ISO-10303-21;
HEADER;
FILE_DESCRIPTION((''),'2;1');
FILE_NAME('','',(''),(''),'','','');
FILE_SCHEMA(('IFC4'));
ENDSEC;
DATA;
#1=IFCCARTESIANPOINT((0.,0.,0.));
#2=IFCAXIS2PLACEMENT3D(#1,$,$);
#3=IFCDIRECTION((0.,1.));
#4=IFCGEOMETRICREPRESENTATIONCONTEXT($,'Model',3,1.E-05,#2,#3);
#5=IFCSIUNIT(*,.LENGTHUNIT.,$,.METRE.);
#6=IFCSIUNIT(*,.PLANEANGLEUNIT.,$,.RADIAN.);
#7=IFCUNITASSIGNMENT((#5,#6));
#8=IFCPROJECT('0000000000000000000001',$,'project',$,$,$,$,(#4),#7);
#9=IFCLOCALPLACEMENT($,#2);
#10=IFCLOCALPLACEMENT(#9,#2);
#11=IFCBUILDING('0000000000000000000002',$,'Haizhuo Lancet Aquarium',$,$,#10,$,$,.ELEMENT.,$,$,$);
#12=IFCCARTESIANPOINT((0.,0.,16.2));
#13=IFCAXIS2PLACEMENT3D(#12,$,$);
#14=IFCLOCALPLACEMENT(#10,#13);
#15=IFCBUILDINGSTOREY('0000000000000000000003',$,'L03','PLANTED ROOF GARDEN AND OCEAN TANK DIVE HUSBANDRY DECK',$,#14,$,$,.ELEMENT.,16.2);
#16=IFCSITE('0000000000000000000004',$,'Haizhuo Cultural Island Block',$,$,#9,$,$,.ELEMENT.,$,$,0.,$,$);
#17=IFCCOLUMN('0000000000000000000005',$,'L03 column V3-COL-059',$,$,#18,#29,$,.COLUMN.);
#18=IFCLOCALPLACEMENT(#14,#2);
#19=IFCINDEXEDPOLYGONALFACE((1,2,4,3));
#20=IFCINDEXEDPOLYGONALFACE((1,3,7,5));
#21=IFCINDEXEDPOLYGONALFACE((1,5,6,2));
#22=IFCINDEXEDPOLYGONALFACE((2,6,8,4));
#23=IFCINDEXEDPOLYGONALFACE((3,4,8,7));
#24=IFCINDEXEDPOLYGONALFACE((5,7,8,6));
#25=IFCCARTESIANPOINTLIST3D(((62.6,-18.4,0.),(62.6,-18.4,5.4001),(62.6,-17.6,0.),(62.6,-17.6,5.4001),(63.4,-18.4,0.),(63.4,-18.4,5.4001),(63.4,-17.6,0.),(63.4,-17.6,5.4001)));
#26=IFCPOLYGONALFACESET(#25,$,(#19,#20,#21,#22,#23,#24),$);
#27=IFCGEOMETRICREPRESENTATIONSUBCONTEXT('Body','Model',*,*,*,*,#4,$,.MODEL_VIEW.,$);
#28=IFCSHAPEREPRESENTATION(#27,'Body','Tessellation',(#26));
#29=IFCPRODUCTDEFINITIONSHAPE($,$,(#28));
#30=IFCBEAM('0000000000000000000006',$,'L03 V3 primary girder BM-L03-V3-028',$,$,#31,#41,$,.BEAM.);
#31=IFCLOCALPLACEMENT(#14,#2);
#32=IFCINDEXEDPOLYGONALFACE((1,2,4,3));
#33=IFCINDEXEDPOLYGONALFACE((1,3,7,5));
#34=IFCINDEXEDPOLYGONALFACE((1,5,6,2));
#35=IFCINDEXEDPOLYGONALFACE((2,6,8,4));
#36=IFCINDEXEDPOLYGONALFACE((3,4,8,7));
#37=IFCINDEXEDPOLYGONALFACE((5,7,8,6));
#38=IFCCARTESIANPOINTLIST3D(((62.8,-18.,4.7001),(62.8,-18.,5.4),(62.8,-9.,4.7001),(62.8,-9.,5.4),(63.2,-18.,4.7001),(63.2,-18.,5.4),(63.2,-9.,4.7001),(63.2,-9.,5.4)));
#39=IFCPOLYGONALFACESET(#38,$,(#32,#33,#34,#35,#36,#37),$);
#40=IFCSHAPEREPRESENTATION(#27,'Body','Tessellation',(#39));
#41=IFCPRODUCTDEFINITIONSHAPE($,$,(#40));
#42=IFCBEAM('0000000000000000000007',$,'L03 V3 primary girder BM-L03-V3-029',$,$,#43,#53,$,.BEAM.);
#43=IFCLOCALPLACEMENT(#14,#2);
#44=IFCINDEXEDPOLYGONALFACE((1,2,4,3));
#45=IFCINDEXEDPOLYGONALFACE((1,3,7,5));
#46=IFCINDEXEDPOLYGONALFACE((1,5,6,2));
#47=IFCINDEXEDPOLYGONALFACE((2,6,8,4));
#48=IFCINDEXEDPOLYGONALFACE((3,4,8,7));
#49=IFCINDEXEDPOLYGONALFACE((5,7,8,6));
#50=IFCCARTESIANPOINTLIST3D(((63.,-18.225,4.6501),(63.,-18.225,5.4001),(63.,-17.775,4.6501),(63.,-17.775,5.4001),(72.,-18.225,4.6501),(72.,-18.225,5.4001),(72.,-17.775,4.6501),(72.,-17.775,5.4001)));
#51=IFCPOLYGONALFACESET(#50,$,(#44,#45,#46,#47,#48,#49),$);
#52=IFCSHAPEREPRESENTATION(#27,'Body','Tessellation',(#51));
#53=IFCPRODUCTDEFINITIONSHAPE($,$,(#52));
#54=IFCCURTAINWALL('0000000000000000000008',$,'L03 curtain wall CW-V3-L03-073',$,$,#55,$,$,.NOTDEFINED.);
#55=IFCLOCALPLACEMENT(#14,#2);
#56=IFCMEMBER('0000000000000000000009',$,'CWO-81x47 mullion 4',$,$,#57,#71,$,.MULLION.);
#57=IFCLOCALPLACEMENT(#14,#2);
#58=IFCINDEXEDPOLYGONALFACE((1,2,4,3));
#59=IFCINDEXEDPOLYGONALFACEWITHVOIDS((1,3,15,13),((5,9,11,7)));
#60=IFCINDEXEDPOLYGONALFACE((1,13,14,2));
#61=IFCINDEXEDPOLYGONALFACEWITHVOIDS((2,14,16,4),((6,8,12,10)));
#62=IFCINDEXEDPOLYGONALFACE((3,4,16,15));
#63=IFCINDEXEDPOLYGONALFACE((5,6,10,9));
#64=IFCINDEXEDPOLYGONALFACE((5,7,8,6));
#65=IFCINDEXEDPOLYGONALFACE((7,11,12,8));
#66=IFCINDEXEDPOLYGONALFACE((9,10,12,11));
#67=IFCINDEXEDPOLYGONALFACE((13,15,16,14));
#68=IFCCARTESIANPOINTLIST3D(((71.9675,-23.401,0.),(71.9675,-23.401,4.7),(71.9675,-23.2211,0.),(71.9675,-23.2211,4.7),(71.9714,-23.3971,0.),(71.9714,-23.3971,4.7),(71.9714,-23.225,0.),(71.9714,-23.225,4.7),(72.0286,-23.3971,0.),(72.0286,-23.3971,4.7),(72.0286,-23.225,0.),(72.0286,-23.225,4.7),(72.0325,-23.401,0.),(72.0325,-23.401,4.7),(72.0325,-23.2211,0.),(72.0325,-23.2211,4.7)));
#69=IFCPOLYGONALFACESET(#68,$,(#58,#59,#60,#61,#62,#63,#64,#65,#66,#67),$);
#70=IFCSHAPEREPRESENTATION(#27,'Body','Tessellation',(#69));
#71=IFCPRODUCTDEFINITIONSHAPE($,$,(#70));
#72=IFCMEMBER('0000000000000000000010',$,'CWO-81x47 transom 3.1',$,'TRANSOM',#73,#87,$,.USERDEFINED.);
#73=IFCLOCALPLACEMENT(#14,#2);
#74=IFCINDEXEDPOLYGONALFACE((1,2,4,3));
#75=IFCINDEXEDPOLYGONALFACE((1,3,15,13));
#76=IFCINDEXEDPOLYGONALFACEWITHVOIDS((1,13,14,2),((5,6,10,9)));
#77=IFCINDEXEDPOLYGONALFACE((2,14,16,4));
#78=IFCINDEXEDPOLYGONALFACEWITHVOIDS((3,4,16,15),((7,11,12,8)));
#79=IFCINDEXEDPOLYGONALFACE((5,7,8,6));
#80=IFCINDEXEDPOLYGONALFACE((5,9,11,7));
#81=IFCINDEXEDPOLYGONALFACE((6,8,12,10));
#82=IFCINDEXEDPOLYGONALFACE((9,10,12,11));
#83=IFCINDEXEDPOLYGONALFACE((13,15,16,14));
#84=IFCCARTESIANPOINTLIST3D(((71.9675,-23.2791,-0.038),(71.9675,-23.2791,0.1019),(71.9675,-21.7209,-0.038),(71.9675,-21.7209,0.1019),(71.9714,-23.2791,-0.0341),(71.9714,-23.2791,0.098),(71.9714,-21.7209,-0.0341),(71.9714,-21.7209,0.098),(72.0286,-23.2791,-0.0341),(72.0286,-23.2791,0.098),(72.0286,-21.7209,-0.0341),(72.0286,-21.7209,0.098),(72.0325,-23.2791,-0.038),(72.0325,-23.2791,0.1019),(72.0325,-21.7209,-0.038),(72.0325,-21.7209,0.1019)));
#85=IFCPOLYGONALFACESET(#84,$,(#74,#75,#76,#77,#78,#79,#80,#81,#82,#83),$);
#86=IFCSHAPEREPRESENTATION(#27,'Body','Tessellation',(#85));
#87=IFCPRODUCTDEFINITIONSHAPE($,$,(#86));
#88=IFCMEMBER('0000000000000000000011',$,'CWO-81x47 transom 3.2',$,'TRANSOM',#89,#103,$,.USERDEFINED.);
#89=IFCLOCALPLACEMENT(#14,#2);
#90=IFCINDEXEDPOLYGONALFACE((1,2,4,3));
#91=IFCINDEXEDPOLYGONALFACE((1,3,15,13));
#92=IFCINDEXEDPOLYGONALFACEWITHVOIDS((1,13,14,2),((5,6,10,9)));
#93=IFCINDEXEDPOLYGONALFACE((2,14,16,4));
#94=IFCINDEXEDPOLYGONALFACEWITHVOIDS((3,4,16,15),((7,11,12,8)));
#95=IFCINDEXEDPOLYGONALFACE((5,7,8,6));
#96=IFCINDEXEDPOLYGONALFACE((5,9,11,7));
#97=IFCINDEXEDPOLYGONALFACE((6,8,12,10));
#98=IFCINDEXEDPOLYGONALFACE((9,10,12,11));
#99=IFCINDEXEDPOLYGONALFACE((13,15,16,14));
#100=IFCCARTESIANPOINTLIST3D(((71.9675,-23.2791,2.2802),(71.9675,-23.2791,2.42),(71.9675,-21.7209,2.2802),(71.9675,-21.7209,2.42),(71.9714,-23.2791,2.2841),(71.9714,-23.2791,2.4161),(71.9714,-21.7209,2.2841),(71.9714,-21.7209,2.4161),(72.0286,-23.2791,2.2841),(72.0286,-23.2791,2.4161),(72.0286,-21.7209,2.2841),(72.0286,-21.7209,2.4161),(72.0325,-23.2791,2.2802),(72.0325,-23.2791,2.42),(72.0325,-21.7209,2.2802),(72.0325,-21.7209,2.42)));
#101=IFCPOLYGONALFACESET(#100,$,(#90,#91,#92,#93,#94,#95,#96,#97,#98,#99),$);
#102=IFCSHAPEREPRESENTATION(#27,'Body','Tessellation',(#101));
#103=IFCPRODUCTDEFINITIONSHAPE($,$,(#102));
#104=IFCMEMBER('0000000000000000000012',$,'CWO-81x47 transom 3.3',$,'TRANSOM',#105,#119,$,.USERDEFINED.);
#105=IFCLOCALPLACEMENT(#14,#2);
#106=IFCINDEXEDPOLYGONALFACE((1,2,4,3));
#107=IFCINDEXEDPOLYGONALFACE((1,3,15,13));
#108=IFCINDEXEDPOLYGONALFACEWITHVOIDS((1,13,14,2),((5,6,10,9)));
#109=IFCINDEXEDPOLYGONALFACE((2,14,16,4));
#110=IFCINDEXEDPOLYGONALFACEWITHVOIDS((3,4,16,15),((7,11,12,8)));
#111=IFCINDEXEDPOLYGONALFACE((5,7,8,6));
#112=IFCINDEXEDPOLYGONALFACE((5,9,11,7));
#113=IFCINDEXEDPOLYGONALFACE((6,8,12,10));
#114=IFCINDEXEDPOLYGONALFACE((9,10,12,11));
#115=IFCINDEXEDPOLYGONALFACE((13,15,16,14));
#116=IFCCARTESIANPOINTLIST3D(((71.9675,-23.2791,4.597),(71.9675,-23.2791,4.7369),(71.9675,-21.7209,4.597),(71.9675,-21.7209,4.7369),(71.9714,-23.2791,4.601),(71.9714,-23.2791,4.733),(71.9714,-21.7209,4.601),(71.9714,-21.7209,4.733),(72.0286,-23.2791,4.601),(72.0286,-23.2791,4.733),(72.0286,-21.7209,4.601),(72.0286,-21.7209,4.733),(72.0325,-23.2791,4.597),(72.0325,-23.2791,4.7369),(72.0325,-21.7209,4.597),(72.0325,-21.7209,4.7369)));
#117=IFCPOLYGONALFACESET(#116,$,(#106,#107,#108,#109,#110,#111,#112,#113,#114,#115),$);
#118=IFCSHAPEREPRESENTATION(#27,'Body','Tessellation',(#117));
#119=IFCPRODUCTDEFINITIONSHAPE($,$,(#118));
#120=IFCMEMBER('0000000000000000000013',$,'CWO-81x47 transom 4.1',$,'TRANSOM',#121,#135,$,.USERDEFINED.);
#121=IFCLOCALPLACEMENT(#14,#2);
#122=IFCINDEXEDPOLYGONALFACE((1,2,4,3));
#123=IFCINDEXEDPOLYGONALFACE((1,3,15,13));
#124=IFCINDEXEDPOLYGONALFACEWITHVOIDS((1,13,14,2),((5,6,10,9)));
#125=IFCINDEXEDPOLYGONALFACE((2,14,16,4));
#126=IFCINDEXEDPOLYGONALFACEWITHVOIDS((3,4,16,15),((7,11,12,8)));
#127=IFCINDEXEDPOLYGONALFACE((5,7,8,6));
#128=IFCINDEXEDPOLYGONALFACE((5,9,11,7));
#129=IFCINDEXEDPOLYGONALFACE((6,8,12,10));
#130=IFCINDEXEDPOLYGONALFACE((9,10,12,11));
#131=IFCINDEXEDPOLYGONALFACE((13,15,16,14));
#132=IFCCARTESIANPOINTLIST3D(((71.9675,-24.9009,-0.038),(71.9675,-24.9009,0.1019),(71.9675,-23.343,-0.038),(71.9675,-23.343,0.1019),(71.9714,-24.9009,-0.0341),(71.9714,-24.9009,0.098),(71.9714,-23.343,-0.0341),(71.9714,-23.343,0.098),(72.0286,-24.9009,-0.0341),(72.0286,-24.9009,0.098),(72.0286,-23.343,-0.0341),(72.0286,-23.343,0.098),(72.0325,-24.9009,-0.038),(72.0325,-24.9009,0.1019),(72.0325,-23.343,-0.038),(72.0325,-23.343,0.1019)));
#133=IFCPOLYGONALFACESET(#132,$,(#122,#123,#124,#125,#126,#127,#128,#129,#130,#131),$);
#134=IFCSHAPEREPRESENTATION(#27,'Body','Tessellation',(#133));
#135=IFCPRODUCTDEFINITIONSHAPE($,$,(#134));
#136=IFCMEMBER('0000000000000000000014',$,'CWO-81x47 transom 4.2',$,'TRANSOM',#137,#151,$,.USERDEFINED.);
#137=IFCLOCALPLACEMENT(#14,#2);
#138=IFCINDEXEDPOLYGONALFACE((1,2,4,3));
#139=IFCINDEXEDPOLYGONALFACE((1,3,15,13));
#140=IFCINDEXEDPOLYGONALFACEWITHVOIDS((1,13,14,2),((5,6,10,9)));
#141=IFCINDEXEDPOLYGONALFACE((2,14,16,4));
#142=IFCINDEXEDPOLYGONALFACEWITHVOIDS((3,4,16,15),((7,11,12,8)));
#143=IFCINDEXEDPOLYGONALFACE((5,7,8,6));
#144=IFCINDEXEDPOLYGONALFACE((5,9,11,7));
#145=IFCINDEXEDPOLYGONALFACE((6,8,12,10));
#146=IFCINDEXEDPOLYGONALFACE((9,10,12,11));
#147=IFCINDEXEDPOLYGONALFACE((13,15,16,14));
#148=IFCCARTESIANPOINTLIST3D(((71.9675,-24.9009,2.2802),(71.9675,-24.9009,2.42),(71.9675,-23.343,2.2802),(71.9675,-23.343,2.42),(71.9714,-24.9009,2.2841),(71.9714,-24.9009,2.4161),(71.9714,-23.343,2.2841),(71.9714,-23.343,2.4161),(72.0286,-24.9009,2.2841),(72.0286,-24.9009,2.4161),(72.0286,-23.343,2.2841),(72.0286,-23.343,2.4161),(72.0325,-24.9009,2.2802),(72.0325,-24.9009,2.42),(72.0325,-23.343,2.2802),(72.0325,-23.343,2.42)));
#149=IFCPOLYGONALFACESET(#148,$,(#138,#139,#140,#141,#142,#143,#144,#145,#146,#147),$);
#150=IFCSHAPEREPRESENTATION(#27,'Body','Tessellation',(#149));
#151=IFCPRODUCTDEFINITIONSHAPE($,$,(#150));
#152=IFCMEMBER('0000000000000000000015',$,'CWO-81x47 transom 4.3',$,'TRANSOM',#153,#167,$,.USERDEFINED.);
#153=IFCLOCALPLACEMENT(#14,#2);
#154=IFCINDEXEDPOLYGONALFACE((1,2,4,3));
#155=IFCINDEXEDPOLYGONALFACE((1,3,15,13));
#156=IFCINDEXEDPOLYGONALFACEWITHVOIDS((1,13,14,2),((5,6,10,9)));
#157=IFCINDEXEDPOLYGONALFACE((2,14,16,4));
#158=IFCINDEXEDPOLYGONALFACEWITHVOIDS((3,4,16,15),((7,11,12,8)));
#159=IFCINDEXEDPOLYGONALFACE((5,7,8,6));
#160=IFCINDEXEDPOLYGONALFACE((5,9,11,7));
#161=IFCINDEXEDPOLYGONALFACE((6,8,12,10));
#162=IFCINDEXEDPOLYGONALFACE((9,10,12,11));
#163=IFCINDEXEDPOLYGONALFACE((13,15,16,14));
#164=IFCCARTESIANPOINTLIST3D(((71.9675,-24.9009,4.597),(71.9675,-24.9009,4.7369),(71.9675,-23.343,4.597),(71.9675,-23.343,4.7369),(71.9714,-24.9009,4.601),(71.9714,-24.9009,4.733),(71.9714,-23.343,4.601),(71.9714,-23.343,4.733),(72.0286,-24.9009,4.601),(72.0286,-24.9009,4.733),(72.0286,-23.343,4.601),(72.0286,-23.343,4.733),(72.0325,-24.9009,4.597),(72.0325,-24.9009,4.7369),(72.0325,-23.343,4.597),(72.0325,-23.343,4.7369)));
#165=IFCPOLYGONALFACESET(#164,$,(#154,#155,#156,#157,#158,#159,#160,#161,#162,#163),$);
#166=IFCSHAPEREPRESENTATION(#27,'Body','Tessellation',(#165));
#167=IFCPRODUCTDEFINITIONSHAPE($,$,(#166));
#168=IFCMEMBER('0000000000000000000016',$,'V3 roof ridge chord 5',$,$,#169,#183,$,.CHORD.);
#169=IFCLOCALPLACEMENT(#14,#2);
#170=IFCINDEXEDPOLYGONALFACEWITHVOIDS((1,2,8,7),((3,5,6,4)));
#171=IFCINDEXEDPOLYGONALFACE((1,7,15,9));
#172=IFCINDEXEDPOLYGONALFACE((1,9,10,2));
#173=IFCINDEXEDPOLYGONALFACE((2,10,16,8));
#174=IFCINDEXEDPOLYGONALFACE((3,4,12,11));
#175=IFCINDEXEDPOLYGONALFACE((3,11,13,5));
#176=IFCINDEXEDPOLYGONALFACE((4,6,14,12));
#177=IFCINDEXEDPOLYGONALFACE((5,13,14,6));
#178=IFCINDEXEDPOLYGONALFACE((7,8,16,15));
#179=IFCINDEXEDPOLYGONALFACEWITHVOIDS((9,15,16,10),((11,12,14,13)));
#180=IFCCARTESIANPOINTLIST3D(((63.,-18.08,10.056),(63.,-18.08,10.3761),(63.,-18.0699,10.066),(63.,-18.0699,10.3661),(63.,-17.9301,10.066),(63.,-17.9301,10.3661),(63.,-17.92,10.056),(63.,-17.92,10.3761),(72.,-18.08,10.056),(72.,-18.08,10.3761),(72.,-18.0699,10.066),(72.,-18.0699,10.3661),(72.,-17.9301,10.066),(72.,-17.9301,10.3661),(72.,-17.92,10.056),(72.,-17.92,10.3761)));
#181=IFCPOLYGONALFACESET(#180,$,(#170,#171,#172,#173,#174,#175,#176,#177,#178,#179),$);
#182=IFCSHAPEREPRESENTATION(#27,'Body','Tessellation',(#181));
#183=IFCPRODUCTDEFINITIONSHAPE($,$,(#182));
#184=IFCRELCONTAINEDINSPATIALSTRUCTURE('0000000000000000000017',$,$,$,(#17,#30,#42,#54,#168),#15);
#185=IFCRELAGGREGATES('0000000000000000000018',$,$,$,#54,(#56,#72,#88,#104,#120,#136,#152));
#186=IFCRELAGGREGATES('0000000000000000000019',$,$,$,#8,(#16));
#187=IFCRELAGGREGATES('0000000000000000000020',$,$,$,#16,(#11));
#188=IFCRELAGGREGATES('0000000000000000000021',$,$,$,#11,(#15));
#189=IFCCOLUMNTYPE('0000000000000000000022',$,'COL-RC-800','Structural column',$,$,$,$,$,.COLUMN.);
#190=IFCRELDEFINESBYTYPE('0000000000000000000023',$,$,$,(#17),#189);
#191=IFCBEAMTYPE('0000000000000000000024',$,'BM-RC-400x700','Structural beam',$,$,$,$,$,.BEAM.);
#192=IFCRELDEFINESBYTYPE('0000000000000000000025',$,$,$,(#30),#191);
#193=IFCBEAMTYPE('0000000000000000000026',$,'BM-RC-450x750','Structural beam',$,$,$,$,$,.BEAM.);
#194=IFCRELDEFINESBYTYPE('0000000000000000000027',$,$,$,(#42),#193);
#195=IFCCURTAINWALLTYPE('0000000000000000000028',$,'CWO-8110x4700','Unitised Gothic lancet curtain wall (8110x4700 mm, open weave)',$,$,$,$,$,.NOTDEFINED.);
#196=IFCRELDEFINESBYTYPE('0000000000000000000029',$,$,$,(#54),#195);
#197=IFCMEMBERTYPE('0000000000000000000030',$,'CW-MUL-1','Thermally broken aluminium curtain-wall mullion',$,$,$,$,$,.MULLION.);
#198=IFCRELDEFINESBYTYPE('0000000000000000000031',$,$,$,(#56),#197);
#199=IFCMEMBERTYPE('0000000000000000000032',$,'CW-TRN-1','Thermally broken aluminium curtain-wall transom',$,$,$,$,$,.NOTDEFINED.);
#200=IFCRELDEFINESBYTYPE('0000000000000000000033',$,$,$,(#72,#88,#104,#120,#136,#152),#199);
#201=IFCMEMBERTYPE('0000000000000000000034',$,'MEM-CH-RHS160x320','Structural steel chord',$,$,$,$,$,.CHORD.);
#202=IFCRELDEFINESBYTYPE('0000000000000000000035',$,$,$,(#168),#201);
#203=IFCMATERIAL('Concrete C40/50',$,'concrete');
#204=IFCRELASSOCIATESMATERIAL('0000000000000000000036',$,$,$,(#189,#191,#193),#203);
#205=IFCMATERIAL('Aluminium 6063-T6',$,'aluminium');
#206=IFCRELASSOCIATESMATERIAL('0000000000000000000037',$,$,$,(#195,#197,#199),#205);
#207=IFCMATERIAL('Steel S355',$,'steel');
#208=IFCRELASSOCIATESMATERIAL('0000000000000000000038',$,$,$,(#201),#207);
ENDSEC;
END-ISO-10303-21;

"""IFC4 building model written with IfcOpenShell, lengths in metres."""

from ifc_helpers import new_model, si_unit, direction, frame, origin, origin_2d, place, context, subcontext, project, spatial, rectangle, hollow_rectangle, extrude, material, material_profile, profile_set, type_object, element, aggregate, save


model = new_model("IFC4")

# Units and contexts
model_context = context("Model", 3, precision=1e-05, world=origin(), true_north=direction((0.0, 1.0)))
body_context = subcontext(model_context, "Body", "Model", "MODEL_VIEW")
ifc_project = project(units=[si_unit("LENGTHUNIT", "METRE"), si_unit("PLANEANGLEUNIT", "RADIAN")], contexts=[model_context])

# Site, building, storey
site_placement = place(None, origin())
site = spatial("IfcSite", under=ifc_project, at=site_placement, Name="Haizhuo Cultural Island Block", CompositionType="ELEMENT", RefElevation=0.0)
building_placement = place(site_placement, origin())
building = spatial("IfcBuilding", under=site, at=building_placement, Name="Haizhuo Lancet Aquarium", CompositionType="ELEMENT")
storey_placement = place(building_placement, frame((0.0, 0.0, 16.2)))
storey = spatial("IfcBuildingStorey", under=building, at=storey_placement, Name="L03", Description="PLANTED ROOF GARDEN AND OCEAN TANK DIVE HUSBANDRY DECK", CompositionType="ELEMENT", Elevation=16.2)

# Column
ifc_material_1 = material(Name="Concrete C40/50", Category="concrete")
ifc_material_profile_1 = material_profile(ifc_material_1, rectangle(XDim=0.8, YDim=0.8, at=origin_2d()), Name="RC-COL 800x800")
ifc_profile_set_1 = profile_set([ifc_material_profile_1], Name="Concrete C40/50")
column_type = type_object("IfcColumnType", Name="COL-RC-800", Description="Structural column", PredefinedType="COLUMN", material=ifc_profile_set_1)
column_placement = place(storey_placement, frame((63.0, -18.0, 0.0), z_axis=(0.0, 0.0, 1.0), x_axis=(1.0, 0.0, 0.0)))
element("IfcColumn", 1, at=column_placement, inside=storey, type_object=column_type, Name="L03 column V3-COL-059", PredefinedType="COLUMN", context=body_context, shape_type="SweptSolid", body=[
    extrude(rectangle(XDim=0.8, YDim=0.8, at=origin_2d()), origin(), (0.0, 0.0, 1.0), 5.4001),
])

# Beams
ifc_material_profile_2 = material_profile(ifc_material_1, rectangle(XDim=0.3999, YDim=0.7, at=origin_2d()), Name="RC-BM 400x700")
ifc_profile_set_2 = profile_set([ifc_material_profile_2], Name="Concrete C40/50")
beam_type_1 = type_object("IfcBeamType", Name="BM-RC-400x700", Description="Structural beam", PredefinedType="BEAM", material=ifc_profile_set_2)
beam_1_placement = place(storey_placement, frame((63.0, -18.0, 5.05), z_axis=(0.0, 1.0, 0.0), x_axis=(-1.0, 0.0, 0.0)))
element("IfcBeam", 2, at=beam_1_placement, inside=storey, type_object=beam_type_1, Name="L03 V3 primary girder BM-L03-V3-028", PredefinedType="BEAM", context=body_context, shape_type="SweptSolid", body=[
    extrude(rectangle(XDim=0.3999, YDim=0.7, at=origin_2d()), origin(), (0.0, 0.0, 1.0), 9.0),
])
ifc_material_profile_3 = material_profile(ifc_material_1, rectangle(XDim=0.45, YDim=0.75, at=origin_2d()), Name="RC-BM 450x750")
ifc_profile_set_3 = profile_set([ifc_material_profile_3], Name="Concrete C40/50")
beam_type_2 = type_object("IfcBeamType", Name="BM-RC-450x750", Description="Structural beam", PredefinedType="BEAM", material=ifc_profile_set_3)
beam_2_placement = place(storey_placement, frame((63.0, -18.0, 5.0251), z_axis=(1.0, 0.0, 0.0), x_axis=(0.0, 1.0, 0.0)))
element("IfcBeam", 3, at=beam_2_placement, inside=storey, type_object=beam_type_2, Name="L03 V3 primary girder BM-L03-V3-029", PredefinedType="BEAM", context=body_context, shape_type="SweptSolid", body=[
    extrude(rectangle(XDim=0.45, YDim=0.75, at=origin_2d()), origin(), (0.0, 0.0, 1.0), 9.0),
])

# Curtain wall, members
ifc_material_2 = material(Name="Aluminium 6063-T6", Category="aluminium")
curtain_wall_type = type_object("IfcCurtainWallType", Name="CWO-8110x4700", Description="Unitised Gothic lancet curtain wall (8110x4700 mm, open weave)", PredefinedType="NOTDEFINED", material=ifc_material_2)
curtain_wall_placement = place(storey_placement, origin())
curtain_wall = element("IfcCurtainWall", 4, at=curtain_wall_placement, inside=storey, type_object=curtain_wall_type, Name="L03 curtain wall CW-V3-L03-073", PredefinedType="NOTDEFINED")
ifc_material_profile_4 = material_profile(ifc_material_2, hollow_rectangle(XDim=0.0649, YDim=0.1799, WallThickness=0.0039, at=origin_2d()), Name="ALU-M 65x180x4")
ifc_profile_set_4 = profile_set([ifc_material_profile_4], Name="Aluminium 6063-T6")
member_type_1 = type_object("IfcMemberType", Name="CW-MUL-1", Description="Thermally broken aluminium curtain-wall mullion", PredefinedType="MULLION", material=ifc_profile_set_4)
member_1_placement = place(storey_placement, frame((72.0, -23.311, 0.0), z_axis=(0.0, 0.0, 1.0), x_axis=(1.0, 0.0, 0.0)))
member_1 = element("IfcMember", 5, at=member_1_placement, type_object=member_type_1, Name="CWO-81x47 mullion 4", PredefinedType="MULLION", context=body_context, shape_type="SweptSolid", body=[
    extrude(hollow_rectangle(XDim=0.0649, YDim=0.1799, WallThickness=0.0039, at=origin_2d()), origin(), (0.0, 0.0, 1.0), 4.7),
])
ifc_material_profile_5 = material_profile(ifc_material_2, hollow_rectangle(XDim=0.0649, YDim=0.1399, WallThickness=0.0039, at=origin_2d()), Name="ALU-T 65x140x4")
ifc_profile_set_5 = profile_set([ifc_material_profile_5], Name="Aluminium 6063-T6")
member_type_2 = type_object("IfcMemberType", Name="CW-TRN-1", Description="Thermally broken aluminium curtain-wall transom", PredefinedType="NOTDEFINED", material=ifc_profile_set_5)
member_2_placement = place(storey_placement, frame((72.0, -21.7209, 0.032), z_axis=(0.0, -1.0, 0.0), x_axis=(1.0, 0.0, 0.0)))
member_2 = element("IfcMember", 6, at=member_2_placement, type_object=member_type_2, Name="CWO-81x47 transom 3.1", ObjectType="TRANSOM", PredefinedType="USERDEFINED", context=body_context, shape_type="SweptSolid", body=[
    extrude(hollow_rectangle(XDim=0.0649, YDim=0.1399, WallThickness=0.0039, at=origin_2d()), origin(), (0.0, 0.0, 1.0), 1.5581),
])
member_3_placement = place(storey_placement, frame((72.0, -21.7209, 2.3501), z_axis=(0.0, -1.0, 0.0), x_axis=(1.0, 0.0, 0.0)))
member_3 = element("IfcMember", 7, at=member_3_placement, type_object=member_type_2, Name="CWO-81x47 transom 3.2", ObjectType="TRANSOM", PredefinedType="USERDEFINED", context=body_context, shape_type="SweptSolid", body=[
    extrude(hollow_rectangle(XDim=0.0649, YDim=0.1399, WallThickness=0.0039, at=origin_2d()), origin(), (0.0, 0.0, 1.0), 1.5581),
])
member_4_placement = place(storey_placement, frame((72.0, -21.7209, 4.667), z_axis=(0.0, -1.0, 0.0), x_axis=(1.0, 0.0, 0.0)))
member_4 = element("IfcMember", 8, at=member_4_placement, type_object=member_type_2, Name="CWO-81x47 transom 3.3", ObjectType="TRANSOM", PredefinedType="USERDEFINED", context=body_context, shape_type="SweptSolid", body=[
    extrude(hollow_rectangle(XDim=0.0649, YDim=0.1399, WallThickness=0.0039, at=origin_2d()), origin(), (0.0, 0.0, 1.0), 1.5581),
])
member_5_placement = place(storey_placement, frame((72.0, -23.343, 0.032), z_axis=(0.0, -1.0, 0.0), x_axis=(1.0, 0.0, 0.0)))
member_5 = element("IfcMember", 9, at=member_5_placement, type_object=member_type_2, Name="CWO-81x47 transom 4.1", ObjectType="TRANSOM", PredefinedType="USERDEFINED", context=body_context, shape_type="SweptSolid", body=[
    extrude(hollow_rectangle(XDim=0.0649, YDim=0.1399, WallThickness=0.0039, at=origin_2d()), origin(), (0.0, 0.0, 1.0), 1.5579),
])
member_6_placement = place(storey_placement, frame((72.0, -23.343, 2.3501), z_axis=(0.0, -1.0, 0.0), x_axis=(1.0, 0.0, 0.0)))
member_6 = element("IfcMember", 10, at=member_6_placement, type_object=member_type_2, Name="CWO-81x47 transom 4.2", ObjectType="TRANSOM", PredefinedType="USERDEFINED", context=body_context, shape_type="SweptSolid", body=[
    extrude(hollow_rectangle(XDim=0.0649, YDim=0.1399, WallThickness=0.0039, at=origin_2d()), origin(), (0.0, 0.0, 1.0), 1.5579),
])
member_7_placement = place(storey_placement, frame((72.0, -23.343, 4.667), z_axis=(0.0, -1.0, 0.0), x_axis=(1.0, 0.0, 0.0)))
member_7 = element("IfcMember", 11, at=member_7_placement, type_object=member_type_2, Name="CWO-81x47 transom 4.3", ObjectType="TRANSOM", PredefinedType="USERDEFINED", context=body_context, shape_type="SweptSolid", body=[
    extrude(hollow_rectangle(XDim=0.0649, YDim=0.1399, WallThickness=0.0039, at=origin_2d()), origin(), (0.0, 0.0, 1.0), 1.5579),
])

# Member
ifc_material_3 = material(Name="Steel S355", Category="steel")
ifc_material_profile_6 = material_profile(ifc_material_3, hollow_rectangle(XDim=0.1599, YDim=0.3201, WallThickness=0.01, at=origin_2d()), Name="RHS 160x320x10")
ifc_profile_set_6 = profile_set([ifc_material_profile_6], Name="Steel S355")
member_type_3 = type_object("IfcMemberType", Name="MEM-CH-RHS160x320", Description="Structural steel chord", PredefinedType="CHORD", material=ifc_profile_set_6)
member_8_placement = place(storey_placement, frame((63.0, -18.0, 10.2161), z_axis=(1.0, 0.0, 0.0), x_axis=(0.0, 1.0, 0.0)))
element("IfcMember", 12, at=member_8_placement, inside=storey, type_object=member_type_3, Name="V3 roof ridge chord 5", PredefinedType="CHORD", context=body_context, shape_type="SweptSolid", body=[
    extrude(hollow_rectangle(XDim=0.1599, YDim=0.3201, WallThickness=0.01, at=origin_2d()), origin(), (0.0, 0.0, 1.0), 9.0),
])

aggregate(curtain_wall, [member_1, member_2, member_3, member_4, member_5, member_6, member_7])

save(model, "model.ifc")
